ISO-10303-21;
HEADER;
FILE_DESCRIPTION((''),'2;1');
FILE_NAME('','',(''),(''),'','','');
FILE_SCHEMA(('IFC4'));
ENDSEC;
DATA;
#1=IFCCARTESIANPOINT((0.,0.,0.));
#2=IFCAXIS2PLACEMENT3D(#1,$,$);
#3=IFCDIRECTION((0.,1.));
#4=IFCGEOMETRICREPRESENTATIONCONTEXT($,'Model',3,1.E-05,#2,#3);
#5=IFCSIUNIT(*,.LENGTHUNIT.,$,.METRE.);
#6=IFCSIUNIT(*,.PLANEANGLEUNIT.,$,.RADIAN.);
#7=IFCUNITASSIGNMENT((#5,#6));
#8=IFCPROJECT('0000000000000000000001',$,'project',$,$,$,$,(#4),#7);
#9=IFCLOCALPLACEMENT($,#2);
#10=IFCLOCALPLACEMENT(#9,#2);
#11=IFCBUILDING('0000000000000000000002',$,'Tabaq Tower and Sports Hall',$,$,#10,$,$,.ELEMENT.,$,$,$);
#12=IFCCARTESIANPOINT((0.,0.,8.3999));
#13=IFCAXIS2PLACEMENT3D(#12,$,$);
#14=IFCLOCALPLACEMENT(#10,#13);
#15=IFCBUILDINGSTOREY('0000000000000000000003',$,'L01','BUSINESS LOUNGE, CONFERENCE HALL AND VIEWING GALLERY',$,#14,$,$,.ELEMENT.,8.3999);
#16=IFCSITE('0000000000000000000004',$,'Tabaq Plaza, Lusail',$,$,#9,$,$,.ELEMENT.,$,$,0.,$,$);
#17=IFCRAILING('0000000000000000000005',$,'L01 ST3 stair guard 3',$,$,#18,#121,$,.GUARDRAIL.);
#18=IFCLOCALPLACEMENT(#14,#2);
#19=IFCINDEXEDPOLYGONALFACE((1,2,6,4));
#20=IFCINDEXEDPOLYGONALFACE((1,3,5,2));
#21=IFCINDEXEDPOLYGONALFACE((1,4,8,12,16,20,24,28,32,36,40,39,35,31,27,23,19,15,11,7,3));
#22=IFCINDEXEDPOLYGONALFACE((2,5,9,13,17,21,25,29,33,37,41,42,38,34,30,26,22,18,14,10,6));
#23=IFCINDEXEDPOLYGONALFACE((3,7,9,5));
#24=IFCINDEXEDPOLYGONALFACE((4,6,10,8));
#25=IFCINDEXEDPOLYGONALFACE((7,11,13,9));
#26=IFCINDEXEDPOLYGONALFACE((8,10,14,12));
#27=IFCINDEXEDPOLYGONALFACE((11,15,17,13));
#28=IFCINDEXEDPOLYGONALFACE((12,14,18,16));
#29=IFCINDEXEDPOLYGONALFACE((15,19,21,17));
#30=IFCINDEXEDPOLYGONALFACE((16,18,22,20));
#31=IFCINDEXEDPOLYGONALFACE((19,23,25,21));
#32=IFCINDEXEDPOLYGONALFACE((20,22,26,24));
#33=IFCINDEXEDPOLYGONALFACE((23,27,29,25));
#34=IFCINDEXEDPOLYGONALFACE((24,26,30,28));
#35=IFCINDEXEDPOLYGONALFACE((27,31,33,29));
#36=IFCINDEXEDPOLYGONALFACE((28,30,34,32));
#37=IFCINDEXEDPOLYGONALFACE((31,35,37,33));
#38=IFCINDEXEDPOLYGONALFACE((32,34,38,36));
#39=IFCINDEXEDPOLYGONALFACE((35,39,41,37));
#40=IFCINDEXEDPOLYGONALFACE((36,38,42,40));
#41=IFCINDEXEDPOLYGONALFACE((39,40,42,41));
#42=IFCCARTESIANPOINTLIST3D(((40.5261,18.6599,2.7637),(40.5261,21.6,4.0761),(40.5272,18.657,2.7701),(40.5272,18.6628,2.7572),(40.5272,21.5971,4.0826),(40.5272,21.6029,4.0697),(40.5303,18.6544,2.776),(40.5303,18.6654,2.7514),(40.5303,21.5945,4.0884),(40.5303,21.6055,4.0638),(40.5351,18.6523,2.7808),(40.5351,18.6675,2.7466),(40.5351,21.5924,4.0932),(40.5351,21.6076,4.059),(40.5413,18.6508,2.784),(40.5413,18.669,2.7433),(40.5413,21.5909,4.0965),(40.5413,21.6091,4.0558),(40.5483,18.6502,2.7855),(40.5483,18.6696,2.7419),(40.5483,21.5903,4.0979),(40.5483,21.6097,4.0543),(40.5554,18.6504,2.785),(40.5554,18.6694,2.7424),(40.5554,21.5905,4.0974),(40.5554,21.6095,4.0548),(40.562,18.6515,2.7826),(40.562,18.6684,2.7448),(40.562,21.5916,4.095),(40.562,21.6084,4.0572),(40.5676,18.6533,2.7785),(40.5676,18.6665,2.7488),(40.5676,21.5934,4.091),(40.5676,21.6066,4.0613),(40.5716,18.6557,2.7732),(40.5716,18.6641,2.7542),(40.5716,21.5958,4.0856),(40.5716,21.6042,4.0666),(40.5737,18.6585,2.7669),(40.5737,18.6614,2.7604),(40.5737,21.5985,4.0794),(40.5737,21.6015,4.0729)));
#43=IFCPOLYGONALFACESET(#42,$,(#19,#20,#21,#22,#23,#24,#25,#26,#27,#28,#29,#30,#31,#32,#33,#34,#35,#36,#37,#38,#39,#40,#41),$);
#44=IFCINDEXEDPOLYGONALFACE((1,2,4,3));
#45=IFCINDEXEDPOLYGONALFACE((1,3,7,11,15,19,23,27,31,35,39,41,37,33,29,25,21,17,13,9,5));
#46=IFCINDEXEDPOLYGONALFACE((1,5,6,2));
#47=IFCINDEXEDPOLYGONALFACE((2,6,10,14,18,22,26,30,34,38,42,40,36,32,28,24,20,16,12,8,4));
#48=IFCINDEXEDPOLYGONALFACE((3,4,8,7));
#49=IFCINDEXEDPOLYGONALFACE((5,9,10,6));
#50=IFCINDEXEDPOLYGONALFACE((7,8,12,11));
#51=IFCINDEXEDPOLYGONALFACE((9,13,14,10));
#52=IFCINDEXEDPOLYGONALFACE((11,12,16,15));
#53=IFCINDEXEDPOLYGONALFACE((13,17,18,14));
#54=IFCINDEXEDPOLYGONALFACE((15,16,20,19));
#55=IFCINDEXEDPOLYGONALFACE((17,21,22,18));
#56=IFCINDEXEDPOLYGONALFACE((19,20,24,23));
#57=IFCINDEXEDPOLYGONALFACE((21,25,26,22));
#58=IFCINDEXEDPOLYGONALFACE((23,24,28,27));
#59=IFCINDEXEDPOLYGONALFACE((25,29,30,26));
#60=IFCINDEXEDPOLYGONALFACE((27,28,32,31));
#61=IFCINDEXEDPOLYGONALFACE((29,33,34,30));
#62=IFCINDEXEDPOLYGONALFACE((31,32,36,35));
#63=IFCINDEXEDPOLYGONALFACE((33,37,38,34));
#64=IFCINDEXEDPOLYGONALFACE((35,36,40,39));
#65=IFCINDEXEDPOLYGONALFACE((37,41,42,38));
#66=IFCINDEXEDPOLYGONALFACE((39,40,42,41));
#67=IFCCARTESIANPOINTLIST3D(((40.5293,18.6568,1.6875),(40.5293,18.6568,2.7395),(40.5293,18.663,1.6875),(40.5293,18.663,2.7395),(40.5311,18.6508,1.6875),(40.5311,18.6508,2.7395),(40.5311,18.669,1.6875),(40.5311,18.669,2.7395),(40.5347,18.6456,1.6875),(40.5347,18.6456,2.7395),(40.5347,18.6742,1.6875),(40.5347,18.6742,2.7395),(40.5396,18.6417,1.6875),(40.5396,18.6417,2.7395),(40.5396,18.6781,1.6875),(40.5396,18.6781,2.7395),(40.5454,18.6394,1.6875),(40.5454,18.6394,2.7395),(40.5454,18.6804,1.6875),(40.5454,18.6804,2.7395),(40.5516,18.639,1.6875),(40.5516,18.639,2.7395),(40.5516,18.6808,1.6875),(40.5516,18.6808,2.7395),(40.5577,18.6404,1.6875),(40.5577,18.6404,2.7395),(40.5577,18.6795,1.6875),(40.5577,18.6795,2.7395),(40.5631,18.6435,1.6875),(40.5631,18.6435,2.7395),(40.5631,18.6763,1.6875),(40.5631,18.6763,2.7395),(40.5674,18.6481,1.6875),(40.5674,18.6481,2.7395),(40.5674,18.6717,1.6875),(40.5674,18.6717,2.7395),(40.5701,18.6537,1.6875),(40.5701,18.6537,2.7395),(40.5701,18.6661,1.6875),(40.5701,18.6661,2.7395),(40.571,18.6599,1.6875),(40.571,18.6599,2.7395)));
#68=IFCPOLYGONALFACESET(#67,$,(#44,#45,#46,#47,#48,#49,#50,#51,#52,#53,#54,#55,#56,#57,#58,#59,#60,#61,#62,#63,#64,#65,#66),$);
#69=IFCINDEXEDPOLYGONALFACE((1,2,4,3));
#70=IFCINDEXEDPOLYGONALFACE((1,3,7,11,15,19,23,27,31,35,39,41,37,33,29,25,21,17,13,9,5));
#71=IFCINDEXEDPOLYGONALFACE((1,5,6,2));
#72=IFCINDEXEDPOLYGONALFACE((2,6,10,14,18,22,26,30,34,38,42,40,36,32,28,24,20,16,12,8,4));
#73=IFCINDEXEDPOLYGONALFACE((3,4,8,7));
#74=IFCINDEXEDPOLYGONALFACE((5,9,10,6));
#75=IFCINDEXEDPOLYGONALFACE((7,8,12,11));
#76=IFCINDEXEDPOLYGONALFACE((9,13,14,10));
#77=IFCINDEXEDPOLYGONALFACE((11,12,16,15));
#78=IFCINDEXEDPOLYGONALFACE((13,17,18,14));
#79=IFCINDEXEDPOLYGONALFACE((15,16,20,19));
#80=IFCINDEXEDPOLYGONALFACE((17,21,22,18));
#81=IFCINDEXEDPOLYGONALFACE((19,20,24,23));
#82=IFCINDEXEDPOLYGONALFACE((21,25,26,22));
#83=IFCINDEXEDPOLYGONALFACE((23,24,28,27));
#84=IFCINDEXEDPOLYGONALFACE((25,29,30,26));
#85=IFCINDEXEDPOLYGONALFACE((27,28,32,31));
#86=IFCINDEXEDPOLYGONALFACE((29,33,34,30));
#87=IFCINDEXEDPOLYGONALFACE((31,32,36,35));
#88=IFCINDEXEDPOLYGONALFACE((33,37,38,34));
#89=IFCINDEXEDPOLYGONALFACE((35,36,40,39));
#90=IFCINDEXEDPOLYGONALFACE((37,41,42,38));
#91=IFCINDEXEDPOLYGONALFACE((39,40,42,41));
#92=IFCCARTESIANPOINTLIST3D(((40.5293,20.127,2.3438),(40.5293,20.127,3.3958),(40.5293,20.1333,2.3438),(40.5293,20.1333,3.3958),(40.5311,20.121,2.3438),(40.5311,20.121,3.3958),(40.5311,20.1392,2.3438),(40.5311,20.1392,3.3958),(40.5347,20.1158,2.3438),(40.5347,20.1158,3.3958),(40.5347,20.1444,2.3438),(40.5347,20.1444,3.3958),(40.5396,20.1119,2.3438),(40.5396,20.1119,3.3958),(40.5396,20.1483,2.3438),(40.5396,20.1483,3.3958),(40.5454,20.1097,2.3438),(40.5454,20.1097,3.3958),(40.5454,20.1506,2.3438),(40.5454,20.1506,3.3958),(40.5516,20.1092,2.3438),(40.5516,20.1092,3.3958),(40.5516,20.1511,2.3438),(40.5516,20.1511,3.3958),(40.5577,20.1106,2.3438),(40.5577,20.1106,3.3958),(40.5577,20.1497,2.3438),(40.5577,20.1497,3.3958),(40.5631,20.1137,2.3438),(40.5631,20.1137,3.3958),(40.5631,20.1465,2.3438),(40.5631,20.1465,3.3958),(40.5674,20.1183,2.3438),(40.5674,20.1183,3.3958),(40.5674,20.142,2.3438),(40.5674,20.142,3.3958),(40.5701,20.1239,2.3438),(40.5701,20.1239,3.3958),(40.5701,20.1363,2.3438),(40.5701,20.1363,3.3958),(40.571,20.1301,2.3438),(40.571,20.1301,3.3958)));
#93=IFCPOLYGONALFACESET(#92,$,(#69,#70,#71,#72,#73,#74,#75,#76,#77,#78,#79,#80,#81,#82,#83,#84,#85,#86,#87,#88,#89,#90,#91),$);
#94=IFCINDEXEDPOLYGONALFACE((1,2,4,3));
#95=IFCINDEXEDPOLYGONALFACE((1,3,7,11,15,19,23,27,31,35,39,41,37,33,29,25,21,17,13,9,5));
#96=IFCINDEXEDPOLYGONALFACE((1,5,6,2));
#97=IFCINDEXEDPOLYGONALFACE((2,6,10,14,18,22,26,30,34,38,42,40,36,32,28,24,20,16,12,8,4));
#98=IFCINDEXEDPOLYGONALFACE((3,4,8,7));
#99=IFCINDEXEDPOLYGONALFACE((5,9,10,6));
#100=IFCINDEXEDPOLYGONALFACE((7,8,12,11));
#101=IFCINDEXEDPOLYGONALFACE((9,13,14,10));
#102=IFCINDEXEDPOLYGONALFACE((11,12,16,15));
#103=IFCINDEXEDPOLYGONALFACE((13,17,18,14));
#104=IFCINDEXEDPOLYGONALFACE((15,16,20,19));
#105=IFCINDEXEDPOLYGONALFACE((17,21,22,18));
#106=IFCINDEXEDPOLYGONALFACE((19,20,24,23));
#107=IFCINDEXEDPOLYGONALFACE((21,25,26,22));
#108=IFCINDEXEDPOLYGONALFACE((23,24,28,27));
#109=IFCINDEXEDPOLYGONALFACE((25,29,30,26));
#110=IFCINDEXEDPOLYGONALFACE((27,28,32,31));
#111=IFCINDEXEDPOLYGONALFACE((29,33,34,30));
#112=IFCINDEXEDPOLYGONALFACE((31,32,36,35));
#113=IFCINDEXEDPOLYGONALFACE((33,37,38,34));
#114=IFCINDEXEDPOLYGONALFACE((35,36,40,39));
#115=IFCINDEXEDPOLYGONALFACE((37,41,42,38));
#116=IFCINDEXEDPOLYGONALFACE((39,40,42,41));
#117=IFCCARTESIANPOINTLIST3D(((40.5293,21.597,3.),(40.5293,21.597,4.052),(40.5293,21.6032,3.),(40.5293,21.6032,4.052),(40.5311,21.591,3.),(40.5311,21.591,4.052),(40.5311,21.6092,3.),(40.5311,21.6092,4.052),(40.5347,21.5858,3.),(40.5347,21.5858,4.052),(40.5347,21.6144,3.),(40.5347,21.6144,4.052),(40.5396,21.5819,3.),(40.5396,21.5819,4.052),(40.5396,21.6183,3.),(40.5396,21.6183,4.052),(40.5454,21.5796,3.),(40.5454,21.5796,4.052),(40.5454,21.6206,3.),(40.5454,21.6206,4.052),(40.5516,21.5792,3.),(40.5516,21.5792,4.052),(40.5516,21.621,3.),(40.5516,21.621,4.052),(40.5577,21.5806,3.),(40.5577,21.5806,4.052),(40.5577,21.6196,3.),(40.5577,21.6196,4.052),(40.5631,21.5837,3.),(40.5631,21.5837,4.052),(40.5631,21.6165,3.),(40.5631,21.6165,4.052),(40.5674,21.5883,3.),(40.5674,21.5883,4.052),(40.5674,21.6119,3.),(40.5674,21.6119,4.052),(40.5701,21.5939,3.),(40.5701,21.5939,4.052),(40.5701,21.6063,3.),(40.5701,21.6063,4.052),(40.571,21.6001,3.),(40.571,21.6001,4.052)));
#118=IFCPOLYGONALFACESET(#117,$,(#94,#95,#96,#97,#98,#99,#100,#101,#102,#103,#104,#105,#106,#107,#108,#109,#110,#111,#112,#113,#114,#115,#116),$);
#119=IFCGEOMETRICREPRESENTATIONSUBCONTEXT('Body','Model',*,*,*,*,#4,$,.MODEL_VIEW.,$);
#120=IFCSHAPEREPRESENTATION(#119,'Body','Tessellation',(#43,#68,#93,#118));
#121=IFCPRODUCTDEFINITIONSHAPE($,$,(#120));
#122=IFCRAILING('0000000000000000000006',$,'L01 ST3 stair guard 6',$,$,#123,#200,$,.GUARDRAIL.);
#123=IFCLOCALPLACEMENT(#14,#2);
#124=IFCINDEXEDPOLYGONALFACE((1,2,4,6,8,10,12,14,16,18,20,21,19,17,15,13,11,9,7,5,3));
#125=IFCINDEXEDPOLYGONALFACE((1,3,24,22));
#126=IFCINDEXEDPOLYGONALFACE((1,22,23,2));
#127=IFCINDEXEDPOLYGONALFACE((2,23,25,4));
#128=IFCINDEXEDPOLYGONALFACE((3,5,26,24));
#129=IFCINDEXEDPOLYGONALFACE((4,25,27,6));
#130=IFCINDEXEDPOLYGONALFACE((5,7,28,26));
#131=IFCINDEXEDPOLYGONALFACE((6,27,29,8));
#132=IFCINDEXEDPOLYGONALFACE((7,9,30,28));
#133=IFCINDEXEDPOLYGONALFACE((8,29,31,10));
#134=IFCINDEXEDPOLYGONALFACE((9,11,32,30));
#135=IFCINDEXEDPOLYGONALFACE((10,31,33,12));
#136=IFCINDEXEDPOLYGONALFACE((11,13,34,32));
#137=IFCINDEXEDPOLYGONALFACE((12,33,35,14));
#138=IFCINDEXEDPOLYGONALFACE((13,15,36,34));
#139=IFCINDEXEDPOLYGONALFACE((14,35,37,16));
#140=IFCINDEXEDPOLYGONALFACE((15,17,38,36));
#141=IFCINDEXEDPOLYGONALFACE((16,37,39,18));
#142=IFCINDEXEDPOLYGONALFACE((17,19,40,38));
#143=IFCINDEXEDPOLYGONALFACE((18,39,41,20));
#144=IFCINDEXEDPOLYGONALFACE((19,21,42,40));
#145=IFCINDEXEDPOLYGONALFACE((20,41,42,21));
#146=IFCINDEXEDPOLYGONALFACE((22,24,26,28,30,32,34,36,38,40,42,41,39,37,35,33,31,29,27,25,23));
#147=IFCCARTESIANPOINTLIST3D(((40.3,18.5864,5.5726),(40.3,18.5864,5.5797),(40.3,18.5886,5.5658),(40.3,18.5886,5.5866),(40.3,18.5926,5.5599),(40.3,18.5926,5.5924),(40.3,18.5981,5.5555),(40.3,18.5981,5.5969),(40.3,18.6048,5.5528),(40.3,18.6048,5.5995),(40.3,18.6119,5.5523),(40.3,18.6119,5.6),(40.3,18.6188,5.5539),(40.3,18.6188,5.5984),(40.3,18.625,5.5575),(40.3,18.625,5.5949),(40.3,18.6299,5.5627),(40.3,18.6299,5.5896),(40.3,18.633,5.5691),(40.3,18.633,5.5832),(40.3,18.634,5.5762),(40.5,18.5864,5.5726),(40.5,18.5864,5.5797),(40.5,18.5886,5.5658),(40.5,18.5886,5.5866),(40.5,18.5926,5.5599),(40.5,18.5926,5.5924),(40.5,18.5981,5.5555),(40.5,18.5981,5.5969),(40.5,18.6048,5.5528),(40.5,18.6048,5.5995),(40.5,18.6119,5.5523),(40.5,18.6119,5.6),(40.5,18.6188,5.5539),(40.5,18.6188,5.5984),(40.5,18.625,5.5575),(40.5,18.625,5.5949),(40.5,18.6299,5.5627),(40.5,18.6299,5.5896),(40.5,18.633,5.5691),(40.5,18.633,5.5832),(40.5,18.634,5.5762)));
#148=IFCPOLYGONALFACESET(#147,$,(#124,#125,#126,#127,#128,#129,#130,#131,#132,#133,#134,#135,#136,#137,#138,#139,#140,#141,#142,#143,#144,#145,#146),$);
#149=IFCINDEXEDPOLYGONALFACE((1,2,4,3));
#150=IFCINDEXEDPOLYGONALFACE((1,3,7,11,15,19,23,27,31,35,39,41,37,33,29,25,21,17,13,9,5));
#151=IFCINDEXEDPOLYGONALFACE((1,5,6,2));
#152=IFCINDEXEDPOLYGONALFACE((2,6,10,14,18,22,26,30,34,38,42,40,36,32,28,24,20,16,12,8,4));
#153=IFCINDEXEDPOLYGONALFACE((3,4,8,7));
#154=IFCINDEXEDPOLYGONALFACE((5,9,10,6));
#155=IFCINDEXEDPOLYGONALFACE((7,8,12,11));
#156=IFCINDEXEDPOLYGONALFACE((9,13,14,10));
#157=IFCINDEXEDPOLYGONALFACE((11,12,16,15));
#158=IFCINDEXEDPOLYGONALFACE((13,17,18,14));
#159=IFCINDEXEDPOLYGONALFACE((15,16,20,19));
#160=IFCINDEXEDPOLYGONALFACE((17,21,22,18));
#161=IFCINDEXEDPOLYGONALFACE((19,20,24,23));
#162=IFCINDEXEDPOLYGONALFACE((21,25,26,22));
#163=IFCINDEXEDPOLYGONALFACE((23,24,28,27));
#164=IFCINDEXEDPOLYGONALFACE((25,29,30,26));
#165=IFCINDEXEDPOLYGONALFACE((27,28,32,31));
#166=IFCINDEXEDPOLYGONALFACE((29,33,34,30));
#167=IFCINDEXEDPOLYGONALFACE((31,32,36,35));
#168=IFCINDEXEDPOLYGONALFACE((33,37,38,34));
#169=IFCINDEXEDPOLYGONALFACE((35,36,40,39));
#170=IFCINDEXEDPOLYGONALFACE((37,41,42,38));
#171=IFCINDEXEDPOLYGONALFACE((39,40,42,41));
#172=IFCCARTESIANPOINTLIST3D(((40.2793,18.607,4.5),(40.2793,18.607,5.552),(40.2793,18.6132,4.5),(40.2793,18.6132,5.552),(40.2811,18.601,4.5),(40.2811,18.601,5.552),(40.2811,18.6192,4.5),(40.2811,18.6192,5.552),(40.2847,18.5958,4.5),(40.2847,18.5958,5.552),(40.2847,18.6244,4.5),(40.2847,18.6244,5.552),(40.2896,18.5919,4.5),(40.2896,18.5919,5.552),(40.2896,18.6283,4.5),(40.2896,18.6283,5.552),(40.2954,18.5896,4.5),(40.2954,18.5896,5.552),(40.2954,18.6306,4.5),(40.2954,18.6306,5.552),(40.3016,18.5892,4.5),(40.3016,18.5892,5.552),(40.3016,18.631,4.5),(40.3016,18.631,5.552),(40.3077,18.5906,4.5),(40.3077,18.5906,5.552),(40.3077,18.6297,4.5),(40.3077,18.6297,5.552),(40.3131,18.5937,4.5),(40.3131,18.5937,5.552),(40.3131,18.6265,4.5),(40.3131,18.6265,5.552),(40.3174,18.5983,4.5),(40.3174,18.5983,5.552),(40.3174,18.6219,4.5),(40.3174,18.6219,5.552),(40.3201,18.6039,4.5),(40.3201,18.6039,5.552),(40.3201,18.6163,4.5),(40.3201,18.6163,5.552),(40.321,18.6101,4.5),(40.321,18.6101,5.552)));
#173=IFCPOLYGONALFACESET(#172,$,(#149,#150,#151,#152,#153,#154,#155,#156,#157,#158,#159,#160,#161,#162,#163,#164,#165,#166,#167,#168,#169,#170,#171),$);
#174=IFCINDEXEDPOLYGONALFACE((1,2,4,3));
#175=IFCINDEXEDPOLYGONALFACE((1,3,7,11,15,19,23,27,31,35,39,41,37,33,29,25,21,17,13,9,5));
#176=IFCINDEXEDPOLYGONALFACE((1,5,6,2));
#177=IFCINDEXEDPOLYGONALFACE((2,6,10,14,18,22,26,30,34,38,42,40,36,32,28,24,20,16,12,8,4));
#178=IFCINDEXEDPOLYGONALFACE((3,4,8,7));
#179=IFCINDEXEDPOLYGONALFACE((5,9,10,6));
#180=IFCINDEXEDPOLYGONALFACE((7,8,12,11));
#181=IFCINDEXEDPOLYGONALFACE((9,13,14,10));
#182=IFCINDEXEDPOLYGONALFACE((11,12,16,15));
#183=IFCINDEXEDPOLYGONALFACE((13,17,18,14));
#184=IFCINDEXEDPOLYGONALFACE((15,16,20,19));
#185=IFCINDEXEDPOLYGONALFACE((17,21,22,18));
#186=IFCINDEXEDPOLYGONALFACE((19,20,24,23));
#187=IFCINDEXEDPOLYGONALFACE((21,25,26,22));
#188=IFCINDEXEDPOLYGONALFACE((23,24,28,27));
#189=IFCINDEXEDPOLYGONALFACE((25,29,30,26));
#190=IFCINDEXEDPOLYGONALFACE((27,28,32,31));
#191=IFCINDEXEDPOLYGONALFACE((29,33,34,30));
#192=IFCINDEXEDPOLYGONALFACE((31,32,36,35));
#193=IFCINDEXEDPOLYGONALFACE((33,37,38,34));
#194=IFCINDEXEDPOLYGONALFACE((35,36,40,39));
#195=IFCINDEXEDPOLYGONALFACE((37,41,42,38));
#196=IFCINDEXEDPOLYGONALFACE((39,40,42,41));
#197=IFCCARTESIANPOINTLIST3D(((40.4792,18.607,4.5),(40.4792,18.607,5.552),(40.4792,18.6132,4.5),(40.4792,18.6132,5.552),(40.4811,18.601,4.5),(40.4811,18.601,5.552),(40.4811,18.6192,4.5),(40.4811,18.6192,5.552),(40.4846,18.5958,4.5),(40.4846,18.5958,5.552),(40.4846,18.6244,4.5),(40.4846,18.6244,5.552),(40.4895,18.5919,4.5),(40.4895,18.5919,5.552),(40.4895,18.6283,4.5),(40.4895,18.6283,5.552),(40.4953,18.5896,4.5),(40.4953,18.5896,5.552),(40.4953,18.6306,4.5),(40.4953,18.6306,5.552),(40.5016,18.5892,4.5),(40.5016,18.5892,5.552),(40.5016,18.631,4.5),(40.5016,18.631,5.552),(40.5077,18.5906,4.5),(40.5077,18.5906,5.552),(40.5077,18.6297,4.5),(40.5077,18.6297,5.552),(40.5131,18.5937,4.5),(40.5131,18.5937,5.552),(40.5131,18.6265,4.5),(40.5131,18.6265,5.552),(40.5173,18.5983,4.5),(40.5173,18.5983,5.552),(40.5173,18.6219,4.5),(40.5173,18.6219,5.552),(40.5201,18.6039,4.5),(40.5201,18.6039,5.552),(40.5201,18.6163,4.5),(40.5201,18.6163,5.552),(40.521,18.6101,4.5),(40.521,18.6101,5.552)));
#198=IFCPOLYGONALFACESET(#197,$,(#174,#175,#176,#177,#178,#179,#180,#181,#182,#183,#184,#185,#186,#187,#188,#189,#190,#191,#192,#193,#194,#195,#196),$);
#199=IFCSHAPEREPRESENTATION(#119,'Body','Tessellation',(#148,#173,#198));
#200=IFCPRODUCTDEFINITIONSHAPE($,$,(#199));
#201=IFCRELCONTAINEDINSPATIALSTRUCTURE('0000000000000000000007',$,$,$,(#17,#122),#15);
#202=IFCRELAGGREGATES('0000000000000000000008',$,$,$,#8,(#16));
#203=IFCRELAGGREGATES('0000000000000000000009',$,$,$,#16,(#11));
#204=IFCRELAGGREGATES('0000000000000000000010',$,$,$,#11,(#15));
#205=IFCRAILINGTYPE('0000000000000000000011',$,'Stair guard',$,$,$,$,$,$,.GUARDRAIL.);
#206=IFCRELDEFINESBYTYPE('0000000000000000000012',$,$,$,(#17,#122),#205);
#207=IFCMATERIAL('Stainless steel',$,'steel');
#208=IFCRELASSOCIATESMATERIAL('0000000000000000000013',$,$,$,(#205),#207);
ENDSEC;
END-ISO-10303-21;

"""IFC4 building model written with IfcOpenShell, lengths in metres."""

from ifc_helpers import new_model, si_unit, direction, frame, origin, origin_2d, place, context, subcontext, project, spatial, circle, extrude, material, type_object, element, save


model = new_model("IFC4")

# Units and contexts
model_context = context("Model", 3, precision=1e-05, world=origin(), true_north=direction((0.0, 1.0)))
body_context = subcontext(model_context, "Body", "Model", "MODEL_VIEW")
ifc_project = project(units=[si_unit("LENGTHUNIT", "METRE"), si_unit("PLANEANGLEUNIT", "RADIAN")], contexts=[model_context])

# Site, building, storey
site_placement = place(None, origin())
site = spatial("IfcSite", under=ifc_project, at=site_placement, Name="Tabaq Plaza, Lusail", CompositionType="ELEMENT", RefElevation=0.0)
building_placement = place(site_placement, origin())
building = spatial("IfcBuilding", under=site, at=building_placement, Name="Tabaq Tower and Sports Hall", CompositionType="ELEMENT")
storey_placement = place(building_placement, frame((0.0, 0.0, 8.3999)))
storey = spatial("IfcBuildingStorey", under=building, at=storey_placement, Name="L01", Description="BUSINESS LOUNGE, CONFERENCE HALL AND VIEWING GALLERY", CompositionType="ELEMENT", Elevation=8.3999)

# Railings
ifc_material_1 = material(Name="Stainless steel", Category="steel")
railing_type_1 = type_object("IfcRailingType", Name="Stair guard", PredefinedType="GUARDRAIL", material=ifc_material_1)
railing_1_placement = place(storey_placement, frame((40.55, 18.6599, 1.6875)))
element("IfcRailing", 1, at=railing_1_placement, inside=storey, type_object=railing_type_1, Name="L01 ST3 stair guard 3", PredefinedType="GUARDRAIL", context=body_context, shape_type="SweptSolid", body=[
    extrude(circle(Radius=0.0239, at=origin_2d()), frame((0.0, 0.0, 1.0762), z_axis=(0.0, 0.913147, 0.407629), x_axis=(-1.0, 0.0, 0.0)), (0.0, 0.0, 1.0), 3.2197),
    extrude(circle(Radius=0.021, at=origin_2d()), origin(), (0.0, 0.0, 1.0), 1.052),
    extrude(circle(Radius=0.021, at=origin_2d()), frame((0.0, 1.4702, 0.6562)), (0.0, 0.0, 1.0), 1.052),
    extrude(circle(Radius=0.021, at=origin_2d()), frame((0.0, 2.9402, 1.3125)), (0.0, 0.0, 1.0), 1.052),
])
railing_2_placement = place(storey_placement, frame((40.3, 18.6101, 4.5)))
element("IfcRailing", 2, at=railing_2_placement, inside=storey, type_object=railing_type_1, Name="L01 ST3 stair guard 6", PredefinedType="GUARDRAIL", context=body_context, shape_type="SweptSolid", body=[
    extrude(circle(Radius=0.0239, at=origin_2d()), frame((0.0, 0.0, 1.0762), z_axis=(1.0, 0.0, 0.0), x_axis=(0.0, 1.0, 0.0)), (0.0, 0.0, 1.0), 0.2),
    extrude(circle(Radius=0.021, at=origin_2d()), origin(), (0.0, 0.0, 1.0), 1.052),
    extrude(circle(Radius=0.021, at=origin_2d()), frame((0.2, 0.0, 0.0)), (0.0, 0.0, 1.0), 1.052),
])

save(model, "model.ifc")
